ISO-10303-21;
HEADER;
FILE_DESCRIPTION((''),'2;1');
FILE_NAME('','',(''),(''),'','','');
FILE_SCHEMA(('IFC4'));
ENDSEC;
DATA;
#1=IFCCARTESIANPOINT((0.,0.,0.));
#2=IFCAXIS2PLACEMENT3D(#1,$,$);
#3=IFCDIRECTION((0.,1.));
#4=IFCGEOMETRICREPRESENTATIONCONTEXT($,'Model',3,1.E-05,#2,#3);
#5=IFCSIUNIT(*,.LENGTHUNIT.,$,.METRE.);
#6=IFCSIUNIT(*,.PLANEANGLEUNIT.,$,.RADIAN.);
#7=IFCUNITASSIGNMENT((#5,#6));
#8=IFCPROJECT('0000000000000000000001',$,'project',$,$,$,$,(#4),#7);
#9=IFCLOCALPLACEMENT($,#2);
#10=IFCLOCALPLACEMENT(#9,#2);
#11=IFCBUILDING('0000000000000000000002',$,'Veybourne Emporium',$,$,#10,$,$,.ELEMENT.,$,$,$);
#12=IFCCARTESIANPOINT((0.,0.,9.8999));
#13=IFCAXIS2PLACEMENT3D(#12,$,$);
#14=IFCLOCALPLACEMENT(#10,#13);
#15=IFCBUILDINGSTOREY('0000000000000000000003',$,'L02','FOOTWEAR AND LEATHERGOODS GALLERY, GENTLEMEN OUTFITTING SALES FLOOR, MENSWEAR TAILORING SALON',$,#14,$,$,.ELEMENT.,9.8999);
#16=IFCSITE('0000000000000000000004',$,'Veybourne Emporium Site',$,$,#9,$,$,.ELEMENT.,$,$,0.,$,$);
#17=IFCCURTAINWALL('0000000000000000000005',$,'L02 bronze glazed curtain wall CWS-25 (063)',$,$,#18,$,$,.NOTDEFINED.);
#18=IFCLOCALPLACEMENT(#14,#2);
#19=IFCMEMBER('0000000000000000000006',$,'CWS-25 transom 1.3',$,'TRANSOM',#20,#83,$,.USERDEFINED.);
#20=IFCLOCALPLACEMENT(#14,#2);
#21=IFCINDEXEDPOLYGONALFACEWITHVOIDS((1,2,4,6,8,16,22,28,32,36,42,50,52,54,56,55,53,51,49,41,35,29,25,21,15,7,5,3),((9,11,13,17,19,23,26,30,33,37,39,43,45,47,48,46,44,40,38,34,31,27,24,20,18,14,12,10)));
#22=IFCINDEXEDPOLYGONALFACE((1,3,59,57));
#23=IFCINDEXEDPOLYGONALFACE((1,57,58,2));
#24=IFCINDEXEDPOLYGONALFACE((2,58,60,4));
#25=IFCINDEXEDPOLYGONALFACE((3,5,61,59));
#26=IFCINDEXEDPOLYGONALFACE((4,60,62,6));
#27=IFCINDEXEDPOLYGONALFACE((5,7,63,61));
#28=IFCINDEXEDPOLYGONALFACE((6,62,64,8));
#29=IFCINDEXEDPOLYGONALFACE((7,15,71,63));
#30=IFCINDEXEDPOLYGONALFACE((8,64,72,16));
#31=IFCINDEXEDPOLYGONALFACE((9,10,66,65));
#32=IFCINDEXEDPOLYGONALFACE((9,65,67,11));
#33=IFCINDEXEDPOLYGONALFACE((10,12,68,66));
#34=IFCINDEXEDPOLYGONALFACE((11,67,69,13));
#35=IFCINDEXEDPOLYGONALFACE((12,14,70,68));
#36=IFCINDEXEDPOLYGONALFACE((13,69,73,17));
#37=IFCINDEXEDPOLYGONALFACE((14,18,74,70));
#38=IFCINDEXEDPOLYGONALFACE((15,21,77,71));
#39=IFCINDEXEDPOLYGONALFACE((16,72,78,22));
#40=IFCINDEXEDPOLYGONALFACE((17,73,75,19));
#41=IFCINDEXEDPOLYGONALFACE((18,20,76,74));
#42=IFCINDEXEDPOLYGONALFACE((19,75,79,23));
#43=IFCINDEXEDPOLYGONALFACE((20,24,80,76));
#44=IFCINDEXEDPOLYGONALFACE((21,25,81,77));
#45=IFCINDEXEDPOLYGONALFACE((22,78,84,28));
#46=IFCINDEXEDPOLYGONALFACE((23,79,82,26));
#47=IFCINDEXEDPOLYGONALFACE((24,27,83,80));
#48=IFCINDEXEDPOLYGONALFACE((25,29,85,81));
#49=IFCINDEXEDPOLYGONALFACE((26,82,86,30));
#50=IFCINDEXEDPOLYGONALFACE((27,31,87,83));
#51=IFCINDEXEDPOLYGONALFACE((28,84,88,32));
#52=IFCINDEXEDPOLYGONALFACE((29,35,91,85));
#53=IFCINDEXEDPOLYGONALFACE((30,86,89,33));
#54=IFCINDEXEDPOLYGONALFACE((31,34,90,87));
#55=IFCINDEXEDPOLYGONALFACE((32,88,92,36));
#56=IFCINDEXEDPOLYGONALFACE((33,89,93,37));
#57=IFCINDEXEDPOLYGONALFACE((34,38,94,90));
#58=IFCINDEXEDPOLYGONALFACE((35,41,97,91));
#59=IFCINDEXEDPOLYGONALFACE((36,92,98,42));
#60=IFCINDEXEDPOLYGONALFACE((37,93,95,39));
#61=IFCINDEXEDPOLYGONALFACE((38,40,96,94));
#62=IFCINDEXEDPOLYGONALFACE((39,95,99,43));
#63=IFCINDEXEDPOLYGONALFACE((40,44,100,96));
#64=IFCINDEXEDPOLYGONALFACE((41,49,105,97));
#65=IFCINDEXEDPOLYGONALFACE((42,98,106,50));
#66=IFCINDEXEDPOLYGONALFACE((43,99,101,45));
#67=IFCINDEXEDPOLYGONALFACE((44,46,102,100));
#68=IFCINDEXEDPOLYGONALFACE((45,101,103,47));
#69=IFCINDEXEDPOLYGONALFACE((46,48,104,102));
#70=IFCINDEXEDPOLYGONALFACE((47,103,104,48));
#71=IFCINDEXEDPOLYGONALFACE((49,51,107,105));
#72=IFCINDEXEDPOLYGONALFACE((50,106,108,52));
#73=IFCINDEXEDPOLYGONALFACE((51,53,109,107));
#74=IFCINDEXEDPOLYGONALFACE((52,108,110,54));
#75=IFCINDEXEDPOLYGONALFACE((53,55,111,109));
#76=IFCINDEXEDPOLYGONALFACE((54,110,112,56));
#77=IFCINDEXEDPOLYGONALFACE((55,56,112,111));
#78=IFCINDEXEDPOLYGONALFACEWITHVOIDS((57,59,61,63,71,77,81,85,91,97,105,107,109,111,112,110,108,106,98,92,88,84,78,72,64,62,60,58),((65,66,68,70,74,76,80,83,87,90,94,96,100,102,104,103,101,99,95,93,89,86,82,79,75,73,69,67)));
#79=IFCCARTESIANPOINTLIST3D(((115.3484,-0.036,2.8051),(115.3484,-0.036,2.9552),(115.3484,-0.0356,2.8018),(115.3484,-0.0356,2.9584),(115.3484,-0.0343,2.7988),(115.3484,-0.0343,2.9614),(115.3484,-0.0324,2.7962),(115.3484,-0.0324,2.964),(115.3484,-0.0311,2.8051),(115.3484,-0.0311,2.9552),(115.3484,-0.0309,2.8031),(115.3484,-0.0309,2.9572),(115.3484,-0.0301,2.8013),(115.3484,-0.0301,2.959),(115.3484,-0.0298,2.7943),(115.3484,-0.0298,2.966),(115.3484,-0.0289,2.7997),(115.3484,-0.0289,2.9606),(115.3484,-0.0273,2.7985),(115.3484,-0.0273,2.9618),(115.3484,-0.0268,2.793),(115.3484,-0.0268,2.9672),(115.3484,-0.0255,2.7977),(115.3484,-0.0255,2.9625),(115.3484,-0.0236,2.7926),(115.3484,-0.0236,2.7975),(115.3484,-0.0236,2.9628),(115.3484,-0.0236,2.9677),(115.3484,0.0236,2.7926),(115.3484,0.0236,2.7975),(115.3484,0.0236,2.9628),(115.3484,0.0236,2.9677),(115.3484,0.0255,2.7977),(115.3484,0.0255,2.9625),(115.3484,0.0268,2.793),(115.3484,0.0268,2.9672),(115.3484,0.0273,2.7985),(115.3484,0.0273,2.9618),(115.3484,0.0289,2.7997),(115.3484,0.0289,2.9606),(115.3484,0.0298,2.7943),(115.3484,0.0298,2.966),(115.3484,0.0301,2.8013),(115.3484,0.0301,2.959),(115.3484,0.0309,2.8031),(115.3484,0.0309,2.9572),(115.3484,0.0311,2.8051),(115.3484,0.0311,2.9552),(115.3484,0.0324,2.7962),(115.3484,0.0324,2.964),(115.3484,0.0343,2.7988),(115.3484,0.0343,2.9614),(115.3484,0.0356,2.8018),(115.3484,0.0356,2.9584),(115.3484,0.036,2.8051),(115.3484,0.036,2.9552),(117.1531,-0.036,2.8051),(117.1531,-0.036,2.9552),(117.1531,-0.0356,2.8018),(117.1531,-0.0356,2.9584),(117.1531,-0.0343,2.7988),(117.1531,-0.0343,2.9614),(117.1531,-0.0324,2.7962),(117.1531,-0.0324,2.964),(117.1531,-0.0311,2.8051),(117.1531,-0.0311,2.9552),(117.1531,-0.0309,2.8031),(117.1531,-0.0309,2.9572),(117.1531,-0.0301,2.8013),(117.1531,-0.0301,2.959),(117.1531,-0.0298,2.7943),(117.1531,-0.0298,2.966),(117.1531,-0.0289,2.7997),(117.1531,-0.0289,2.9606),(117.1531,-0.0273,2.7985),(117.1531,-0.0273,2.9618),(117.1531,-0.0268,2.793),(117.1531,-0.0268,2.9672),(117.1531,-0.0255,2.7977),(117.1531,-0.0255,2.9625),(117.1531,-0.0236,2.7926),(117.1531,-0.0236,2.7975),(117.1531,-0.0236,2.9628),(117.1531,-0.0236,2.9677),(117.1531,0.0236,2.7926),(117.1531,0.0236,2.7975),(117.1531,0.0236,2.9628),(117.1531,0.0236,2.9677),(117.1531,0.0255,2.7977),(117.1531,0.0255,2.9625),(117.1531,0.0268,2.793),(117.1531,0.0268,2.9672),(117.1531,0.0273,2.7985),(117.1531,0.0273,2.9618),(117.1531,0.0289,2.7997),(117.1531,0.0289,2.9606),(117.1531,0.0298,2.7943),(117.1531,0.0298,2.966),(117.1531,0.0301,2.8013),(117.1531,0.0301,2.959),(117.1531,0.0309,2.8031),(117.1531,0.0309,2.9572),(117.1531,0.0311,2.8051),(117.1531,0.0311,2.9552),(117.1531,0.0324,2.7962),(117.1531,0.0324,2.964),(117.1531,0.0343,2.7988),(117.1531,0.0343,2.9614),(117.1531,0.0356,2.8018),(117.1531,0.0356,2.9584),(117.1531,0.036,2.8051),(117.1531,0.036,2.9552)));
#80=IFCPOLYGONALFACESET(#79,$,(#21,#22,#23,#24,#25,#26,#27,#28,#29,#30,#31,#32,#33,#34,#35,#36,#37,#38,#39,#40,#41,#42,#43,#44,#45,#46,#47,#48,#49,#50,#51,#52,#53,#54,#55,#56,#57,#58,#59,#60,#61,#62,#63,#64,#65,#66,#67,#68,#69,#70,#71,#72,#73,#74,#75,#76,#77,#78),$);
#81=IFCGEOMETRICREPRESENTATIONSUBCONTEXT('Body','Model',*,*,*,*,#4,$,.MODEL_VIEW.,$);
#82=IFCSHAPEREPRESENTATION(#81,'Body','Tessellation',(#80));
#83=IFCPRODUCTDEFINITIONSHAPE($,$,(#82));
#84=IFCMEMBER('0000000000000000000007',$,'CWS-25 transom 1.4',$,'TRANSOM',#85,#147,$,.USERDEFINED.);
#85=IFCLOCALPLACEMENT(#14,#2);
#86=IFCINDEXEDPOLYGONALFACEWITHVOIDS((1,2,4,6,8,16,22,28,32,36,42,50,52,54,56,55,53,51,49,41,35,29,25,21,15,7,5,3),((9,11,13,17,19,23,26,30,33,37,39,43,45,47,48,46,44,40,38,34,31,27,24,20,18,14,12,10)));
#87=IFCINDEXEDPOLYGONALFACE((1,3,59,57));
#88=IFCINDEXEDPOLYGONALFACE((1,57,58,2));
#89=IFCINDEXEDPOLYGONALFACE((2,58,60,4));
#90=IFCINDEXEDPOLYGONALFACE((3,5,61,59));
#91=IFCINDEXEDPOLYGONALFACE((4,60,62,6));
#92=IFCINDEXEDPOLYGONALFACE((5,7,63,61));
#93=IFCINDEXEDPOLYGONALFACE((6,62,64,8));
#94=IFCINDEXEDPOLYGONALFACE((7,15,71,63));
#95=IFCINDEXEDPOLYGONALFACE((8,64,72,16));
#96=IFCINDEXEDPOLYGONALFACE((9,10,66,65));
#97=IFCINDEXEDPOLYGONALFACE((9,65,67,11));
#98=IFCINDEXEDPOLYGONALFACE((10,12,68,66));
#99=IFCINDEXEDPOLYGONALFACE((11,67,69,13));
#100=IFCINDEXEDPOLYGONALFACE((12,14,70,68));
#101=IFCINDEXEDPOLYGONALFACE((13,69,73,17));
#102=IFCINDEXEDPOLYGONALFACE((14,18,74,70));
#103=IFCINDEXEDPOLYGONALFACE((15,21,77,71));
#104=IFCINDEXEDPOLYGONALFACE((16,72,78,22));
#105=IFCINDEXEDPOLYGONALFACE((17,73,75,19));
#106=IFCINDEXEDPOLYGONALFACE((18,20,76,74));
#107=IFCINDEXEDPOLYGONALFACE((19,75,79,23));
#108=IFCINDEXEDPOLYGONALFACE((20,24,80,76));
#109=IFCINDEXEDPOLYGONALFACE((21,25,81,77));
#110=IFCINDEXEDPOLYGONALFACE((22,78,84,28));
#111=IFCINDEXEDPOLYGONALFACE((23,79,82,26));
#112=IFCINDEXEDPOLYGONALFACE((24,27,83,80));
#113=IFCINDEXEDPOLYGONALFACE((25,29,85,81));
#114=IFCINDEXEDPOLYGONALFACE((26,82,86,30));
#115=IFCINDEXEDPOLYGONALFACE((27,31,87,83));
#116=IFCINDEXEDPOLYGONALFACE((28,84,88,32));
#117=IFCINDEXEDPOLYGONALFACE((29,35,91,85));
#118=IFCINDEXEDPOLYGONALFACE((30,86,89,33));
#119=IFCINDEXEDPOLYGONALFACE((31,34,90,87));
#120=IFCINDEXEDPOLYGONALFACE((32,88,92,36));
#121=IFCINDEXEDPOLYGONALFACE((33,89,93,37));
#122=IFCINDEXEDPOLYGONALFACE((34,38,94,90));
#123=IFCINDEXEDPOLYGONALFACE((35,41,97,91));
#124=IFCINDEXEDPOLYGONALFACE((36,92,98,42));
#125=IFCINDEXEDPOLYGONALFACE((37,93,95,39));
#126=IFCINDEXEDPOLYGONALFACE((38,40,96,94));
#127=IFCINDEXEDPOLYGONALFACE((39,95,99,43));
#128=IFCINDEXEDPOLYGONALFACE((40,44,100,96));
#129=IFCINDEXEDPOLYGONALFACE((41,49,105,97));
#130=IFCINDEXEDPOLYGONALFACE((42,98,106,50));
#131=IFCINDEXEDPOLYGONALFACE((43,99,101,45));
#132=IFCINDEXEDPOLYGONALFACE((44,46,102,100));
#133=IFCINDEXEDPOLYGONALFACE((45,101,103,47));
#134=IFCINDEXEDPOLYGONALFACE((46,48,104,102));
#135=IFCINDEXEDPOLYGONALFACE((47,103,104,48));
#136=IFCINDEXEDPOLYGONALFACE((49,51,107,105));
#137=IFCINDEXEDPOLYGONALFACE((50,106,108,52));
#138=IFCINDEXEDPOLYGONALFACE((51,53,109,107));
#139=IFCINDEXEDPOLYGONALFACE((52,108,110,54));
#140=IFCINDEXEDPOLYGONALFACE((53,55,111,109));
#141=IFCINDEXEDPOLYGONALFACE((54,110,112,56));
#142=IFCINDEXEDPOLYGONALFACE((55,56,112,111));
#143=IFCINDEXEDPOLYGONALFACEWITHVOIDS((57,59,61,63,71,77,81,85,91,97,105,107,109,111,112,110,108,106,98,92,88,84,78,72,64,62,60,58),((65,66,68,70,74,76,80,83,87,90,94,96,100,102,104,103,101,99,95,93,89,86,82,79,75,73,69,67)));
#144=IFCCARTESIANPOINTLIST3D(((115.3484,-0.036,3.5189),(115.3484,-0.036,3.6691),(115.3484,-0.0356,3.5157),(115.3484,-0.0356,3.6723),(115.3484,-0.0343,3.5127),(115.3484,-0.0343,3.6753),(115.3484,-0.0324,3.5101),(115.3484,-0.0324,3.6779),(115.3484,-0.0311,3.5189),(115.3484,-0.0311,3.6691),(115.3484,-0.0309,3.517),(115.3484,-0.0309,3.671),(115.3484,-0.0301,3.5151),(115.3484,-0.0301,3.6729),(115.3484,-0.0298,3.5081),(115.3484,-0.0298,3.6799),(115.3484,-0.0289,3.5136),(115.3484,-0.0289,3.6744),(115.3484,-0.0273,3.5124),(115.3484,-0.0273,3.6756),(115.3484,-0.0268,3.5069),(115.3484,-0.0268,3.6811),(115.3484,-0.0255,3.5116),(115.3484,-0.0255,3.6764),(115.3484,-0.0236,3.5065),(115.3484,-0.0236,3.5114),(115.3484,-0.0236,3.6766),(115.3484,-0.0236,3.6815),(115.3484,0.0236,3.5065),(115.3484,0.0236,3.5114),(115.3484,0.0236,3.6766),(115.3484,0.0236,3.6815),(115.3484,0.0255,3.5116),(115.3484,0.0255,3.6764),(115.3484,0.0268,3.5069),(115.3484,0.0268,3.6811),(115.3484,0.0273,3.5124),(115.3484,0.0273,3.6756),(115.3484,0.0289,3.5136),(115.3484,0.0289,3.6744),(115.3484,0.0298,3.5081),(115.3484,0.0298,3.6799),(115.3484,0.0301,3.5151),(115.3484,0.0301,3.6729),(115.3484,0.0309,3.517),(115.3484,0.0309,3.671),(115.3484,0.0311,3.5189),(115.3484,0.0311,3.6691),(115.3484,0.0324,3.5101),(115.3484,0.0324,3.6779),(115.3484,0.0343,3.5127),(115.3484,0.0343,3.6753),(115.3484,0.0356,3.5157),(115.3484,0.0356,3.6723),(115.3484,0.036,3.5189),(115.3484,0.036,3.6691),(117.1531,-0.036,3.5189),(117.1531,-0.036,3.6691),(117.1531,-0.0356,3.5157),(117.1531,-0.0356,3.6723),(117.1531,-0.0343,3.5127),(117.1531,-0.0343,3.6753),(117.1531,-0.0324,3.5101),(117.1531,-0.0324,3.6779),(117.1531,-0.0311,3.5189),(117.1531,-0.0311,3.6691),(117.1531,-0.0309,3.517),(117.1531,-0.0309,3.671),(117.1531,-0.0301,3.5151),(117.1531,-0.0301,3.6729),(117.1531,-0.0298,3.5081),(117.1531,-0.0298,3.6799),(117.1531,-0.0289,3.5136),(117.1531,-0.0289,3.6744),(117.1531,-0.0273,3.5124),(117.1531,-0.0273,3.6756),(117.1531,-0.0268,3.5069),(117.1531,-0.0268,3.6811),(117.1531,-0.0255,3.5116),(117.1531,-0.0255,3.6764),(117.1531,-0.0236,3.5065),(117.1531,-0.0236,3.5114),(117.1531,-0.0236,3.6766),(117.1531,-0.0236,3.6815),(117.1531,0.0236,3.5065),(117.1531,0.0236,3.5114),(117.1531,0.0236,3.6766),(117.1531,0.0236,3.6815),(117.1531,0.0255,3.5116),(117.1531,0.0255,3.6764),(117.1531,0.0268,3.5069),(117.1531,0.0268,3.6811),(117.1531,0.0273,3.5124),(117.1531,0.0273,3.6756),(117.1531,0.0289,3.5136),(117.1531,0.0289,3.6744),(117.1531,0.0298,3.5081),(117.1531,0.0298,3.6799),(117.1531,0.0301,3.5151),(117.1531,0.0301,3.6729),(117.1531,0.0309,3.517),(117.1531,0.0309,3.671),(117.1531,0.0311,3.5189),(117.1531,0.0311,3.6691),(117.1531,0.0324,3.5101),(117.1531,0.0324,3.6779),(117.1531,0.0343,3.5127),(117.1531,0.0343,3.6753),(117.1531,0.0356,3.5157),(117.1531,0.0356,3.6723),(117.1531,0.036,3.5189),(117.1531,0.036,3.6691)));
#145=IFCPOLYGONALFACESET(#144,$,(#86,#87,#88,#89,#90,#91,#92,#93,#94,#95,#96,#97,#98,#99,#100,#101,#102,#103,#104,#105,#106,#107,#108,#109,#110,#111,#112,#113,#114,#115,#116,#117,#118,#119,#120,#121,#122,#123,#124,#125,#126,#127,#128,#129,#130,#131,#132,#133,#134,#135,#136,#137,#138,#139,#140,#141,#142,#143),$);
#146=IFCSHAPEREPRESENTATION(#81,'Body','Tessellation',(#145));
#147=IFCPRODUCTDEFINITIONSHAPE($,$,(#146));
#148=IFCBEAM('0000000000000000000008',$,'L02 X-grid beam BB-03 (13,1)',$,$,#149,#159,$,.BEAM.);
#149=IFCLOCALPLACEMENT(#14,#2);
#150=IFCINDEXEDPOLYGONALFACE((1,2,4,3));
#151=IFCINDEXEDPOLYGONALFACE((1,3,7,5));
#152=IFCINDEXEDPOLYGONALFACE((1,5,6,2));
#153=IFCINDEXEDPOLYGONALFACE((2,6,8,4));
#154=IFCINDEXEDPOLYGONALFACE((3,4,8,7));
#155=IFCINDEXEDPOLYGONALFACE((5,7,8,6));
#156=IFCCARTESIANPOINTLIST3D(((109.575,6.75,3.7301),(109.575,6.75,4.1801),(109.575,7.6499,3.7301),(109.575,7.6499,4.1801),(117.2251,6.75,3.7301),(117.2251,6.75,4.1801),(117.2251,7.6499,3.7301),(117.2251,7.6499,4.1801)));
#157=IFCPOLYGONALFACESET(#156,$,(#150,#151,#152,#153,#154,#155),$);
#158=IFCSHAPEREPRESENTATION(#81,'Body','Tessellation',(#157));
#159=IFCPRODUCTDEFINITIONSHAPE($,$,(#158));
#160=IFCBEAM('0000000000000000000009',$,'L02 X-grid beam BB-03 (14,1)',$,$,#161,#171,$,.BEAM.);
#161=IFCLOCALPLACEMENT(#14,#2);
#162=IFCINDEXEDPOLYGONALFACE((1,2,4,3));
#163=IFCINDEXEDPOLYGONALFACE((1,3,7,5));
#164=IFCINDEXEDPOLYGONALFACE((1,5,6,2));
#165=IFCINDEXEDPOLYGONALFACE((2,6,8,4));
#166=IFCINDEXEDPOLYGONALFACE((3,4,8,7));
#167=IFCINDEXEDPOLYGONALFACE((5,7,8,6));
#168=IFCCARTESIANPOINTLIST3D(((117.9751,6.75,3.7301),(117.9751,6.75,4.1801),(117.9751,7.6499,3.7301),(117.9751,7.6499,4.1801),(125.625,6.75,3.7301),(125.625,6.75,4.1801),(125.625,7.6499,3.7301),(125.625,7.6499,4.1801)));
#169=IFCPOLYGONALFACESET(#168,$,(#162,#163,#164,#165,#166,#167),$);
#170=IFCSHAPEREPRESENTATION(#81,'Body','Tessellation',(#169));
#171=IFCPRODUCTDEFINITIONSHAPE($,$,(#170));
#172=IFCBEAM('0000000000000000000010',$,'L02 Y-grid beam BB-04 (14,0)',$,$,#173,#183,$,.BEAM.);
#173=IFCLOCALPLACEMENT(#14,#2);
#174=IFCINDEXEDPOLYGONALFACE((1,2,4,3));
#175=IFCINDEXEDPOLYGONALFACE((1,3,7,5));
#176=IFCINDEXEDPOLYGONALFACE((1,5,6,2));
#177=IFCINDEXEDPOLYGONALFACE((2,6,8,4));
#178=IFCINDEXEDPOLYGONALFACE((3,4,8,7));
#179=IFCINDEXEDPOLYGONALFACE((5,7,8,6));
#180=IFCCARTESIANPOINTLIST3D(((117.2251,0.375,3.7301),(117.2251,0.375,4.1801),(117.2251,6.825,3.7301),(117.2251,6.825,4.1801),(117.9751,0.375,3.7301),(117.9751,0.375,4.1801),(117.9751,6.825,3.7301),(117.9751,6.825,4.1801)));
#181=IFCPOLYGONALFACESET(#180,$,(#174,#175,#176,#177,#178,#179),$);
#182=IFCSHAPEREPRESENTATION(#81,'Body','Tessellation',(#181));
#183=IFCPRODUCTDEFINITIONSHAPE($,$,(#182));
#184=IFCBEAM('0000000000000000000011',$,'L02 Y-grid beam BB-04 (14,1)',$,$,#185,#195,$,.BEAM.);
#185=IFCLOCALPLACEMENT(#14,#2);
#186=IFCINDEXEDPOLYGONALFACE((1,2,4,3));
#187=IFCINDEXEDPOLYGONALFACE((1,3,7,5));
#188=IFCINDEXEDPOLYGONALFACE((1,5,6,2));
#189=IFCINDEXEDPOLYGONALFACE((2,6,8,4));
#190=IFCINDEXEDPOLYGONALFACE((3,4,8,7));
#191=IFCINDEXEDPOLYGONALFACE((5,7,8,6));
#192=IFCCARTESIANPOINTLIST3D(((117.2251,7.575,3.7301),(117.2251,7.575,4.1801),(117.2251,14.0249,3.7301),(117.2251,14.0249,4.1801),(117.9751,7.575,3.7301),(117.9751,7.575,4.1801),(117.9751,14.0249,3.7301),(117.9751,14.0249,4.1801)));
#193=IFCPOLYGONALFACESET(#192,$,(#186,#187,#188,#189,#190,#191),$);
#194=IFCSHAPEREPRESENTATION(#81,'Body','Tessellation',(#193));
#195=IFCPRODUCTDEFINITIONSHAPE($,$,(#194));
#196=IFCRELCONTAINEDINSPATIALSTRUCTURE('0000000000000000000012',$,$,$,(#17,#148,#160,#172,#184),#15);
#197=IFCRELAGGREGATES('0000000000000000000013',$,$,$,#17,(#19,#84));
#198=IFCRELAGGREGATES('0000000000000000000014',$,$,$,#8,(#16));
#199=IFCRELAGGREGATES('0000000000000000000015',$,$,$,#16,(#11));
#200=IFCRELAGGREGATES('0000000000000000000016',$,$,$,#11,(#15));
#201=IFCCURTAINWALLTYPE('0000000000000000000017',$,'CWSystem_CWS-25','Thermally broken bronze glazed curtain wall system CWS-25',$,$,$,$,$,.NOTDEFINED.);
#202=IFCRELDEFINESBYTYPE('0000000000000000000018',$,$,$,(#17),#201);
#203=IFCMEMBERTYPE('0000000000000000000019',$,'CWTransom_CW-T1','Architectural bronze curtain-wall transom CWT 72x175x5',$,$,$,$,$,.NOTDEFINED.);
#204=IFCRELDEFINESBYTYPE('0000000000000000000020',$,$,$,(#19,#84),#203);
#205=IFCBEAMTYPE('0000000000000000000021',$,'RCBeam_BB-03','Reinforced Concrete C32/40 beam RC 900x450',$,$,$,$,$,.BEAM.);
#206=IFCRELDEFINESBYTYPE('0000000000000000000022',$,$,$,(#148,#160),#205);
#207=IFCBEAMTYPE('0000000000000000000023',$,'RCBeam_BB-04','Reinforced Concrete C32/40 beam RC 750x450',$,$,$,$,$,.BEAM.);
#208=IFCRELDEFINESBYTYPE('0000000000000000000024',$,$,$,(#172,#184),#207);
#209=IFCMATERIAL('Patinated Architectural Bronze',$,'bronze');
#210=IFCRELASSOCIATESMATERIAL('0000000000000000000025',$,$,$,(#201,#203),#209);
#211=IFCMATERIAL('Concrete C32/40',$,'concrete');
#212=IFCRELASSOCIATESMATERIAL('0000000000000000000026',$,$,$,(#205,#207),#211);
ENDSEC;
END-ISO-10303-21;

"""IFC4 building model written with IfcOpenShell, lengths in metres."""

from ifc_helpers import new_model, si_unit, direction, frame, origin, origin_2d, place, context, subcontext, project, spatial, rectangle, hollow_rectangle, extrude, material, material_profile, profile_set, type_object, element, aggregate, save


model = new_model("IFC4")

# Units and contexts
model_context = context("Model", 3, precision=1e-05, world=origin(), true_north=direction((0.0, 1.0)))
body_context = subcontext(model_context, "Body", "Model", "MODEL_VIEW")
ifc_project = project(units=[si_unit("LENGTHUNIT", "METRE"), si_unit("PLANEANGLEUNIT", "RADIAN")], contexts=[model_context])

# Site, building, storey
site_placement = place(None, origin())
site = spatial("IfcSite", under=ifc_project, at=site_placement, Name="Veybourne Emporium Site", CompositionType="ELEMENT", RefElevation=0.0)
building_placement = place(site_placement, origin())
building = spatial("IfcBuilding", under=site, at=building_placement, Name="Veybourne Emporium", CompositionType="ELEMENT")
storey_placement = place(building_placement, frame((0.0, 0.0, 9.8999)))
storey = spatial("IfcBuildingStorey", under=building, at=storey_placement, Name="L02", Description="FOOTWEAR AND LEATHERGOODS GALLERY, GENTLEMEN OUTFITTING SALES FLOOR, MENSWEAR TAILORING SALON", CompositionType="ELEMENT", Elevation=9.8999)

# Curtain wall, members
ifc_material_1 = material(Name="Patinated Architectural Bronze", Category="bronze")
curtain_wall_type = type_object("IfcCurtainWallType", Name="CWSystem_CWS-25", Description="Thermally broken bronze glazed curtain wall system CWS-25", PredefinedType="NOTDEFINED", material=ifc_material_1)
curtain_wall_placement = place(storey_placement, origin())
curtain_wall = element("IfcCurtainWall", 1, at=curtain_wall_placement, inside=storey, type_object=curtain_wall_type, Name="L02 bronze glazed curtain wall CWS-25 (063)", PredefinedType="NOTDEFINED")
ifc_material_profile_1 = material_profile(ifc_material_1, hollow_rectangle(XDim=0.072, YDim=0.175, WallThickness=0.0049, InnerFilletRadius=0.0076, OuterFilletRadius=0.0125, at=origin_2d()), Name="CWT 72x175x5")
ifc_profile_set_1 = profile_set([ifc_material_profile_1], Name="Patinated Architectural Bronze")
member_type_1 = type_object("IfcMemberType", Name="CWTransom_CW-T1", Description="Architectural bronze curtain-wall transom CWT 72x175x5", PredefinedType="NOTDEFINED", material=ifc_profile_set_1)
member_1_placement = place(storey_placement, frame((117.1531, 0.0, 2.8801), z_axis=(-1.0, 0.0, 0.0), x_axis=(0.0, -1.0, 0.0)))
member_1 = element("IfcMember", 2, at=member_1_placement, type_object=member_type_1, Name="CWS-25 transom 1.3", ObjectType="TRANSOM", PredefinedType="USERDEFINED", context=body_context, shape_type="SweptSolid", body=[
    extrude(hollow_rectangle(XDim=0.072, YDim=0.175, WallThickness=0.0049, InnerFilletRadius=0.0076, OuterFilletRadius=0.0125, at=origin_2d()), origin(), (0.0, 0.0, 1.0), 1.8047),
])
member_2_placement = place(storey_placement, frame((117.1531, 0.0, 3.594), z_axis=(-1.0, 0.0, 0.0), x_axis=(0.0, -1.0, 0.0)))
member_2 = element("IfcMember", 3, at=member_2_placement, type_object=member_type_1, Name="CWS-25 transom 1.4", ObjectType="TRANSOM", PredefinedType="USERDEFINED", context=body_context, shape_type="SweptSolid", body=[
    extrude(hollow_rectangle(XDim=0.072, YDim=0.175, WallThickness=0.0049, InnerFilletRadius=0.0076, OuterFilletRadius=0.0125, at=origin_2d()), origin(), (0.0, 0.0, 1.0), 1.8047),
])
aggregate(curtain_wall, [member_1, member_2])

# Beams
ifc_material_2 = material(Name="Concrete C32/40", Category="concrete")
ifc_material_profile_2 = material_profile(ifc_material_2, rectangle(XDim=0.8999, YDim=0.45, at=origin_2d()), Name="RC 900x450")
ifc_profile_set_2 = profile_set([ifc_material_profile_2], Name="Concrete C32/40")
beam_type_1 = type_object("IfcBeamType", Name="RCBeam_BB-03", Description="Reinforced Concrete C32/40 beam RC 900x450", PredefinedType="BEAM", material=ifc_profile_set_2)
beam_1_placement = place(storey_placement, frame((109.575, 7.2, 3.9551), z_axis=(1.0, 0.0, 0.0), x_axis=(0.0, 1.0, 0.0)))
element("IfcBeam", 4, at=beam_1_placement, inside=storey, type_object=beam_type_1, Name="L02 X-grid beam BB-03 (13,1)", PredefinedType="BEAM", context=body_context, shape_type="SweptSolid", body=[
    extrude(rectangle(XDim=0.8999, YDim=0.45, at=origin_2d()), origin(), (0.0, 0.0, 1.0), 7.6501),
])
beam_2_placement = place(storey_placement, frame((117.9751, 7.2, 3.9551), z_axis=(1.0, 0.0, 0.0), x_axis=(0.0, 1.0, 0.0)))
element("IfcBeam", 5, at=beam_2_placement, inside=storey, type_object=beam_type_1, Name="L02 X-grid beam BB-03 (14,1)", PredefinedType="BEAM", context=body_context, shape_type="SweptSolid", body=[
    extrude(rectangle(XDim=0.8999, YDim=0.45, at=origin_2d()), origin(), (0.0, 0.0, 1.0), 7.6499),
])
ifc_material_profile_3 = material_profile(ifc_material_2, rectangle(XDim=0.75, YDim=0.45, at=origin_2d()), Name="RC 750x450")
ifc_profile_set_3 = profile_set([ifc_material_profile_3], Name="Concrete C32/40")
beam_type_2 = type_object("IfcBeamType", Name="RCBeam_BB-04", Description="Reinforced Concrete C32/40 beam RC 750x450", PredefinedType="BEAM", material=ifc_profile_set_3)
for number, where, z_axis, x_axis, name in (
    (6, (117.6001, 0.375, 3.9551), (0.0, 1.0, 0.0), (-1.0, 0.0, 0.0), "L02 Y-grid beam BB-04 (14,0)"),
    (7, (117.6001, 7.575, 3.9551), (0.0, 1.0, 0.0), (-1.0, 0.0, 0.0), "L02 Y-grid beam BB-04 (14,1)"),
):
    element("IfcBeam", number, at=place(storey_placement, frame(where, z_axis=z_axis, x_axis=x_axis)), inside=storey, type_object=beam_type_2, Name=name, PredefinedType="BEAM", context=body_context, shape_type="SweptSolid", body=[
        extrude(rectangle(XDim=0.75, YDim=0.45, at=origin_2d()), origin(), (0.0, 0.0, 1.0), 6.45),
    ])

save(model, "model.ifc")
